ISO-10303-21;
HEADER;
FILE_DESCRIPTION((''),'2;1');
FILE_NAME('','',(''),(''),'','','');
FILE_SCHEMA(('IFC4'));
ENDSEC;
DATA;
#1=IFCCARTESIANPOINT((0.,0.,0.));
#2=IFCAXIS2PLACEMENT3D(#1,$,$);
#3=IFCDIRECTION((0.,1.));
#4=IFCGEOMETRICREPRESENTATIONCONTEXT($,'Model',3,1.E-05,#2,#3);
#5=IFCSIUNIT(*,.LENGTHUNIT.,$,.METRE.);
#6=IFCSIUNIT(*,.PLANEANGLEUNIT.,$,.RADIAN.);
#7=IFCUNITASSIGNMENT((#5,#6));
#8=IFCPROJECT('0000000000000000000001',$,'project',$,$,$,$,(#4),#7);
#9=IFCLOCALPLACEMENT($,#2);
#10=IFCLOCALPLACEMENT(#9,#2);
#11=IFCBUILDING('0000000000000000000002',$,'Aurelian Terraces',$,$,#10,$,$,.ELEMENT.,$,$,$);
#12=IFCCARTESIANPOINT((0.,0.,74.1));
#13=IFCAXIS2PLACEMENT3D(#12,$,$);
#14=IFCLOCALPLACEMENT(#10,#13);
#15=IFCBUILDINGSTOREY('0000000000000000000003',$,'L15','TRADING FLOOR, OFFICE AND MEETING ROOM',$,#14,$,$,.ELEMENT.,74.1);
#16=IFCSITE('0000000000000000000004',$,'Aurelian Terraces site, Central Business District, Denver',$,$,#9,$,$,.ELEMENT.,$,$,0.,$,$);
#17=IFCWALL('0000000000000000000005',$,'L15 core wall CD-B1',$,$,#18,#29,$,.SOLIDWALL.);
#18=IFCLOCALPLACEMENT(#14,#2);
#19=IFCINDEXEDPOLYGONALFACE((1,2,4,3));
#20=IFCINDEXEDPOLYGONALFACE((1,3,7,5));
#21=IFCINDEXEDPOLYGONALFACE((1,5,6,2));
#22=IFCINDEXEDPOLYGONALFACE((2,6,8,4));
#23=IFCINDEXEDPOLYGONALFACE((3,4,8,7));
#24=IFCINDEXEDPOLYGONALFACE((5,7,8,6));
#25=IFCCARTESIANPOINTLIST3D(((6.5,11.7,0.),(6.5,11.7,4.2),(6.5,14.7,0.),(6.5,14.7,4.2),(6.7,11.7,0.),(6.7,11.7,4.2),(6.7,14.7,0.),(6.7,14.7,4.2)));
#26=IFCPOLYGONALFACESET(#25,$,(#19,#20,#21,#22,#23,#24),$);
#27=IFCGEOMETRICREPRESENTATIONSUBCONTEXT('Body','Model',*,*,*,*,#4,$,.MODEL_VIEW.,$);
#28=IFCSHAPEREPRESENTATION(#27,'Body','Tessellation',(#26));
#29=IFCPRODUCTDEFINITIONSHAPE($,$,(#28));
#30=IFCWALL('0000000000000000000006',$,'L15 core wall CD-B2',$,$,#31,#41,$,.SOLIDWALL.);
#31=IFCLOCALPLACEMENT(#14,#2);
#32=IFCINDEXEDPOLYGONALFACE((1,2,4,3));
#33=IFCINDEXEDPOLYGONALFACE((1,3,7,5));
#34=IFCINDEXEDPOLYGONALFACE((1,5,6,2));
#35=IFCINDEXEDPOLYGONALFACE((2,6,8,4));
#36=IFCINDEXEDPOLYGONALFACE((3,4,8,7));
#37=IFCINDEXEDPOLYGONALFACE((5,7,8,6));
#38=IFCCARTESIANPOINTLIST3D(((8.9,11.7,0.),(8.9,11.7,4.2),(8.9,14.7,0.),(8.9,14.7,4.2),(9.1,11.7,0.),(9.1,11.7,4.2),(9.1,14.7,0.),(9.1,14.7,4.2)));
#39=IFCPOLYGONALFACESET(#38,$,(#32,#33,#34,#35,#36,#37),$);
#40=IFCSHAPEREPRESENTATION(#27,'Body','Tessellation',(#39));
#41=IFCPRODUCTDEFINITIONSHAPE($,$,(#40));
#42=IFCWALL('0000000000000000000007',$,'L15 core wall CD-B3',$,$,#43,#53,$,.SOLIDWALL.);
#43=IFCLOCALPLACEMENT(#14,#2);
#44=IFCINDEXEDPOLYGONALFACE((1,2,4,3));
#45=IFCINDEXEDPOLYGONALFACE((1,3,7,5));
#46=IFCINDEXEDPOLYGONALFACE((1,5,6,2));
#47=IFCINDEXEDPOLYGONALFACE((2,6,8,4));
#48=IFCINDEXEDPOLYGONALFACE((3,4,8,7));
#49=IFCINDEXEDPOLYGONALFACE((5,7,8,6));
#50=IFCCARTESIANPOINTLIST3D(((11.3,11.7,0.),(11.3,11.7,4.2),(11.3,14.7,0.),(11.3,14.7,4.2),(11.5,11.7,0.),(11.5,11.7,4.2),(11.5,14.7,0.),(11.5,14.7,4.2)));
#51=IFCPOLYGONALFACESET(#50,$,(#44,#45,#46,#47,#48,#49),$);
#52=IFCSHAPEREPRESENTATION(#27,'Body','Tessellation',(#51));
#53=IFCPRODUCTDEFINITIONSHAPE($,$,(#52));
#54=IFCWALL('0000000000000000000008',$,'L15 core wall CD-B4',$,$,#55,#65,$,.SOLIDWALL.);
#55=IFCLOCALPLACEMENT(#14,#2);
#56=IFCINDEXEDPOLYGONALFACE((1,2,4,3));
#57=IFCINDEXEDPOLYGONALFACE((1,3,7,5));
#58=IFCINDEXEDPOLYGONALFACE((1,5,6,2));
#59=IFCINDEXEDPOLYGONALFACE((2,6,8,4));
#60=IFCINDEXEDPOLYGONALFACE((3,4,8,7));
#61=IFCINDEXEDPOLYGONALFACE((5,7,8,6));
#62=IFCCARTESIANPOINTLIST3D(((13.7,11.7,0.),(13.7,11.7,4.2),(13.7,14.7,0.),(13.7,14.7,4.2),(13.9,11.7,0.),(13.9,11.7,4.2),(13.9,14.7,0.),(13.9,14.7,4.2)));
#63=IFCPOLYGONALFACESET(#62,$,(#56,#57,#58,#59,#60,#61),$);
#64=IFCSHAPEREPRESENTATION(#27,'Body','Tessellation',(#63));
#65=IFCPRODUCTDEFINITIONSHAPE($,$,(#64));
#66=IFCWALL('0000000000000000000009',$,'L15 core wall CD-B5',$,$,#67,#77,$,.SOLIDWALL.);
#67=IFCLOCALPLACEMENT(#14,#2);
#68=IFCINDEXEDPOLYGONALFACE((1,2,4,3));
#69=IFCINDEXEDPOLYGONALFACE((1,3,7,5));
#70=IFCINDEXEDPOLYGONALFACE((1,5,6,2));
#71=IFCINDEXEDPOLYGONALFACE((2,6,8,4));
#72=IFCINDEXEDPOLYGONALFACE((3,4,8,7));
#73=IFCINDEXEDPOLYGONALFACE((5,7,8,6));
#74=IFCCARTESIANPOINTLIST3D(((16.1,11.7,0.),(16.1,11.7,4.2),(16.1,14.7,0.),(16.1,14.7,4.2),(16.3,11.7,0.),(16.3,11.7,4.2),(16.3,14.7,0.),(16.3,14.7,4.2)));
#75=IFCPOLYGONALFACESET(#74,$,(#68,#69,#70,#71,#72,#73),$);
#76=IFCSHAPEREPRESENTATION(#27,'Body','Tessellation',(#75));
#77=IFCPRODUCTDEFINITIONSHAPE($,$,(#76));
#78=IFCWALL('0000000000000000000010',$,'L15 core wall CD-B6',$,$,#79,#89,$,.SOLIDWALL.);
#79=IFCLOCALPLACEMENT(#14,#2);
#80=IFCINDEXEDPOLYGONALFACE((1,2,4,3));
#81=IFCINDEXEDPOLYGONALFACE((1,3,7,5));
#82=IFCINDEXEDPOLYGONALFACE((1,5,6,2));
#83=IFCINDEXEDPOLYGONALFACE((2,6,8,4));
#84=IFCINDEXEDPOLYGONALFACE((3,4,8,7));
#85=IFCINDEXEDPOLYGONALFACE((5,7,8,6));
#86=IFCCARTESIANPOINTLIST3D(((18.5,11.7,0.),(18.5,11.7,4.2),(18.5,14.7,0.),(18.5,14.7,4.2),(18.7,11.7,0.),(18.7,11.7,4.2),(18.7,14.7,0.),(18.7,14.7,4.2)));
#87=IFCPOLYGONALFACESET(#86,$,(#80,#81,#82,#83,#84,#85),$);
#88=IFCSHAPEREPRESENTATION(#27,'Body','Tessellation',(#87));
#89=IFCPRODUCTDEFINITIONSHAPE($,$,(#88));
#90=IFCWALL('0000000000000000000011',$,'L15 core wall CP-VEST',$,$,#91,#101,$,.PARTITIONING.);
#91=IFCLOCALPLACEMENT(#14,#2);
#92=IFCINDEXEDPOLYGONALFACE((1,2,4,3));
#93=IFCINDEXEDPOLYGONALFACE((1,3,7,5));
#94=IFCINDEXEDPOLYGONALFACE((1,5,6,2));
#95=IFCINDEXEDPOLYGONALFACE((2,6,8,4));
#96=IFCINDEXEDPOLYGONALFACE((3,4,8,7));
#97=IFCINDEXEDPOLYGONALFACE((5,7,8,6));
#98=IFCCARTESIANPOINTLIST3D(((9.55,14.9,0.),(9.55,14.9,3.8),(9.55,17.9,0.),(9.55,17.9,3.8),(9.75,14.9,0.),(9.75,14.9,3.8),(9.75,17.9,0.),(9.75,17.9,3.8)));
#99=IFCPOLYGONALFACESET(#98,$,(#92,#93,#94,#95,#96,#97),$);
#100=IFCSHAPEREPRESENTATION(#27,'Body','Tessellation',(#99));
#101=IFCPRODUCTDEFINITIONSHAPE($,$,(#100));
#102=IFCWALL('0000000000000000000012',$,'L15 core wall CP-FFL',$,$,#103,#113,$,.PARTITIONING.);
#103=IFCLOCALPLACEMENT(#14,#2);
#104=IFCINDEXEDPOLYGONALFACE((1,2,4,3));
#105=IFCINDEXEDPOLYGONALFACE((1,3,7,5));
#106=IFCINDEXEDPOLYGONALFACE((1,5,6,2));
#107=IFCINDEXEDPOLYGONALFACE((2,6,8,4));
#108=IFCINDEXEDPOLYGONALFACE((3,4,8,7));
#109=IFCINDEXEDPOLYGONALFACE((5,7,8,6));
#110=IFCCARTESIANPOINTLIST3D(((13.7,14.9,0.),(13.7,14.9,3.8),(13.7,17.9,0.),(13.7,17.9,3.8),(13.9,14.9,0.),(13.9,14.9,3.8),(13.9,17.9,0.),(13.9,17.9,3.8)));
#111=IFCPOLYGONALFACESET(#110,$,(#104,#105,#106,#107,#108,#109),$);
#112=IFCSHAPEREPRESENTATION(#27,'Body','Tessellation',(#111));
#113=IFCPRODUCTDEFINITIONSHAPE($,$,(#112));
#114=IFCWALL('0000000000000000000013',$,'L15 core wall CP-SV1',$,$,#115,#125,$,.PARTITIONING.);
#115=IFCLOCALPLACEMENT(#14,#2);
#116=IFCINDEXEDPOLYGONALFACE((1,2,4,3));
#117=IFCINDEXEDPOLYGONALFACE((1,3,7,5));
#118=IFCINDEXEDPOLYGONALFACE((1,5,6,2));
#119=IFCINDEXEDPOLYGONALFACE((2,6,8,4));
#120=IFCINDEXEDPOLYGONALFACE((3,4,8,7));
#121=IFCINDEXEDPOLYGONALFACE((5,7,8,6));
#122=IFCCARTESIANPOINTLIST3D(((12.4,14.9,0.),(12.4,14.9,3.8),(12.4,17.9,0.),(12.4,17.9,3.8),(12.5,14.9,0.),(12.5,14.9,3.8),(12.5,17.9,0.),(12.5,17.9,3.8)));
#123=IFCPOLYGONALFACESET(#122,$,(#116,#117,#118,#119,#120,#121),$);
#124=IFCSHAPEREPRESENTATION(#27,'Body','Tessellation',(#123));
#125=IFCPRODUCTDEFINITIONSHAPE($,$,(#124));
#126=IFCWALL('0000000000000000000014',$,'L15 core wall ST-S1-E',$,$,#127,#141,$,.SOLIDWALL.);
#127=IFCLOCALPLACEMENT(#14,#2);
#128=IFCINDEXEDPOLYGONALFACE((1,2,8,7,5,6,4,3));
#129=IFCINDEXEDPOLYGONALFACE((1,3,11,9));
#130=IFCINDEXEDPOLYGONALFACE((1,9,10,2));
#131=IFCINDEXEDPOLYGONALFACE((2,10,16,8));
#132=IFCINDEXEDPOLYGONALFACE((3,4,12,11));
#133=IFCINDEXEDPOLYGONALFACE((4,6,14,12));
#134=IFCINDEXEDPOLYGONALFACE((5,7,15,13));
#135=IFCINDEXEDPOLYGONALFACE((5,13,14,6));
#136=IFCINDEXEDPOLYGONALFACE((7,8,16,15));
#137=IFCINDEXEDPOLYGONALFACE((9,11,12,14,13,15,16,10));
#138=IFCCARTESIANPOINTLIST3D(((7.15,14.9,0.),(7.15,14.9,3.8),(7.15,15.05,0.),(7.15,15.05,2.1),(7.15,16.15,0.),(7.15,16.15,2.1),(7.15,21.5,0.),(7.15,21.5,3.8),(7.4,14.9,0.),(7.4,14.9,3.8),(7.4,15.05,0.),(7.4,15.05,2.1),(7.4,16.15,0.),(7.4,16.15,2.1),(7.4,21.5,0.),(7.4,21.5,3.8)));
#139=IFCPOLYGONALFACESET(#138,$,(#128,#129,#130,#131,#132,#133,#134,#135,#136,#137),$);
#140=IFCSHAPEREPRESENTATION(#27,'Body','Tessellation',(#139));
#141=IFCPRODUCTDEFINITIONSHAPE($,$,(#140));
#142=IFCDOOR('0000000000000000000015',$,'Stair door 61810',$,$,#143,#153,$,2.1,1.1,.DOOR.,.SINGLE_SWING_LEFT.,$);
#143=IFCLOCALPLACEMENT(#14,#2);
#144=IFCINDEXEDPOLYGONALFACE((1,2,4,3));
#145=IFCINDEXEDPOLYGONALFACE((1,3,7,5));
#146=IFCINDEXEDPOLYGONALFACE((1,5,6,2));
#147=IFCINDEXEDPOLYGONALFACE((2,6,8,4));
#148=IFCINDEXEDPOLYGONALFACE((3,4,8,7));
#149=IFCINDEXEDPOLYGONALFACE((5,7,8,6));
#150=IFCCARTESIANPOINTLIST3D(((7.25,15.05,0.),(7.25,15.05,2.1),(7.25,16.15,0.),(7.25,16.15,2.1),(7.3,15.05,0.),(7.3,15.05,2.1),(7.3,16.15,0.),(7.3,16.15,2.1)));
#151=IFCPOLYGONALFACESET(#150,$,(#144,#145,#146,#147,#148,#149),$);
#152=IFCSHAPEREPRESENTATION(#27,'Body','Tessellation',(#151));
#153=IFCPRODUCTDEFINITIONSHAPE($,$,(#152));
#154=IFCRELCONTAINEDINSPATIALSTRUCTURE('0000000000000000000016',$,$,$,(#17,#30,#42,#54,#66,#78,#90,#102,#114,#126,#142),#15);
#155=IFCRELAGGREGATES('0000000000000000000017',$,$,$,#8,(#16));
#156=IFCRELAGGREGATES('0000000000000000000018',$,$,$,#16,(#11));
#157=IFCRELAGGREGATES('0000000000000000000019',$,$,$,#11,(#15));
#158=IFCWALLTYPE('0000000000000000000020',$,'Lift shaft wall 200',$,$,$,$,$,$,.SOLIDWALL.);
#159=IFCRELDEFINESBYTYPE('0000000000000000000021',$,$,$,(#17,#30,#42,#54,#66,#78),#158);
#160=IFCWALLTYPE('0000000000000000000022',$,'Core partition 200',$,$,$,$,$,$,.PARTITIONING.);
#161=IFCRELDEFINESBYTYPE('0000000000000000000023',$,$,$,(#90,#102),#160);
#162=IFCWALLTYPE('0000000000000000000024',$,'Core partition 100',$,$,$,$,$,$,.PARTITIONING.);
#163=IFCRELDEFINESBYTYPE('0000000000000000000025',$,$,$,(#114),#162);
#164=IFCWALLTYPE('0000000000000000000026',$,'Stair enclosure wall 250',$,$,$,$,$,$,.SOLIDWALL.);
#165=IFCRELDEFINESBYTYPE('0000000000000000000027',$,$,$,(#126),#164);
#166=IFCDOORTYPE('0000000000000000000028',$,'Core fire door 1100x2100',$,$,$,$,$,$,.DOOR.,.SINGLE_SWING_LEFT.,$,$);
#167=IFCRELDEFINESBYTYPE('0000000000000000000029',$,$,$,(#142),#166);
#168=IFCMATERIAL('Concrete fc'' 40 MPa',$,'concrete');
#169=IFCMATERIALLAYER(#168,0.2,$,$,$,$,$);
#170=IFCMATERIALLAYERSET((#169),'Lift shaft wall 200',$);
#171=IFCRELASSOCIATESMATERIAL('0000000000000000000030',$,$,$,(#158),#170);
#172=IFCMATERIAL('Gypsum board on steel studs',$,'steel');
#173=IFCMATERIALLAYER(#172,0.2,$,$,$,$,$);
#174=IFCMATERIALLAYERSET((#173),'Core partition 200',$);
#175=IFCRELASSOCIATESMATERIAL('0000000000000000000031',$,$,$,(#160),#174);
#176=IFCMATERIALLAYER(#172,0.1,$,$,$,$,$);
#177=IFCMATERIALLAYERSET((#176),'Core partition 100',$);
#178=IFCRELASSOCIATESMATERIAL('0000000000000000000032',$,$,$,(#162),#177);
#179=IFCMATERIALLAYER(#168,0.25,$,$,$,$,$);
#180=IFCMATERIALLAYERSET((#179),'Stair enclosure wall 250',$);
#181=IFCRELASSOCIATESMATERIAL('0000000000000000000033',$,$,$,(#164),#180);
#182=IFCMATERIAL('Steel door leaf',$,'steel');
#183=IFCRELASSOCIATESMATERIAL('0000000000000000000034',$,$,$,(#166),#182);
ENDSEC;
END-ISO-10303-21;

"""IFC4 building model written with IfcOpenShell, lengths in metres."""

from ifc_helpers import new_model, si_unit, direction, frame, frame_2d, origin, place, context, subcontext, project, spatial, rectangle, extrude, source, transform, mapped, material, layer, layer_set, type_object, element, fill, save


model = new_model("IFC4")

# Units and contexts
model_context = context("Model", 3, precision=1e-05, world=origin(), true_north=direction((0.0, 1.0)))
body_context = subcontext(model_context, "Body", "Model", "MODEL_VIEW")
ifc_project = project(units=[si_unit("LENGTHUNIT", "METRE"), si_unit("PLANEANGLEUNIT", "RADIAN")], contexts=[model_context])

# Site, building, storey
site_placement = place(None, origin())
site = spatial("IfcSite", under=ifc_project, at=site_placement, Name="Aurelian Terraces site, Central Business District, Denver", CompositionType="ELEMENT", RefElevation=0.0)
building_placement = place(site_placement, origin())
building = spatial("IfcBuilding", under=site, at=building_placement, Name="Aurelian Terraces", CompositionType="ELEMENT")
storey_placement = place(building_placement, frame((0.0, 0.0, 74.1)))
storey = spatial("IfcBuildingStorey", under=building, at=storey_placement, Name="L15", Description="TRADING FLOOR, OFFICE AND MEETING ROOM", CompositionType="ELEMENT", Elevation=74.1)

# Walls
ifc_material_1 = material(Name="Concrete fc' 40 MPa", Category="concrete")
ifc_layer_1 = layer(ifc_material_1, 0.2)
ifc_layer_set_1 = layer_set([ifc_layer_1], Name="Lift shaft wall 200")
wall_type_1 = type_object("IfcWallType", Name="Lift shaft wall 200", PredefinedType="SOLIDWALL", material=ifc_layer_set_1)
shared_shape_1 = source(origin(), body_context, "Body", "SweptSolid", [
    extrude(rectangle(XDim=3.0, YDim=0.2, at=frame_2d((1.5, 0.0))), origin(), (0.0, 0.0, 1.0), 4.2),
])
for number, where, z_axis, x_axis, name in (
    (1, (6.6, 11.7, 0.0), (0.0, 0.0, 1.0), (0.0, 1.0, 0.0), "L15 core wall CD-B1"),
    (2, (9.0, 11.7, 0.0), (0.0, 0.0, 1.0), (0.0, 1.0, 0.0), "L15 core wall CD-B2"),
    (3, (11.4, 11.7, 0.0), (0.0, 0.0, 1.0), (0.0, 1.0, 0.0), "L15 core wall CD-B3"),
    (4, (13.8, 11.7, 0.0), (0.0, 0.0, 1.0), (0.0, 1.0, 0.0), "L15 core wall CD-B4"),
    (5, (16.2, 11.7, 0.0), (0.0, 0.0, 1.0), (0.0, 1.0, 0.0), "L15 core wall CD-B5"),
    (6, (18.6, 11.7, 0.0), (0.0, 0.0, 1.0), (0.0, 1.0, 0.0), "L15 core wall CD-B6"),
):
    element("IfcWall", number, at=place(storey_placement, frame(where, z_axis=z_axis, x_axis=x_axis)), inside=storey, type_object=wall_type_1, Name=name, PredefinedType="SOLIDWALL", context=body_context, shape_type="MappedRepresentation", body=[
        mapped(shared_shape_1, transform((0.0, 0.0, 0.0), scale=1.0)),
    ])
ifc_material_2 = material(Name="Gypsum board on steel studs", Category="steel")
ifc_layer_2 = layer(ifc_material_2, 0.2)
ifc_layer_set_2 = layer_set([ifc_layer_2], Name="Core partition 200")
wall_type_2 = type_object("IfcWallType", Name="Core partition 200", PredefinedType="PARTITIONING", material=ifc_layer_set_2)
shared_shape_2 = source(origin(), body_context, "Body", "SweptSolid", [
    extrude(rectangle(XDim=3.0, YDim=0.2, at=frame_2d((1.5, 0.0))), origin(), (0.0, 0.0, 1.0), 3.8),
])
for number, where, z_axis, x_axis, name in (
    (7, (9.65, 14.9, 0.0), (0.0, 0.0, 1.0), (0.0, 1.0, 0.0), "L15 core wall CP-VEST"),
    (8, (13.8, 14.9, 0.0), (0.0, 0.0, 1.0), (0.0, 1.0, 0.0), "L15 core wall CP-FFL"),
):
    element("IfcWall", number, at=place(storey_placement, frame(where, z_axis=z_axis, x_axis=x_axis)), inside=storey, type_object=wall_type_2, Name=name, PredefinedType="PARTITIONING", context=body_context, shape_type="MappedRepresentation", body=[
        mapped(shared_shape_2, transform((0.0, 0.0, 0.0), scale=1.0)),
    ])
ifc_layer_3 = layer(ifc_material_2, 0.1)
ifc_layer_set_3 = layer_set([ifc_layer_3], Name="Core partition 100")
wall_type_3 = type_object("IfcWallType", Name="Core partition 100", PredefinedType="PARTITIONING", material=ifc_layer_set_3)
shared_shape_3 = source(origin(), body_context, "Body", "SweptSolid", [
    extrude(rectangle(XDim=3.0, YDim=0.1, at=frame_2d((1.5, 0.0))), origin(), (0.0, 0.0, 1.0), 3.8),
])
wall_1_placement = place(storey_placement, frame((12.45, 14.9, 0.0), z_axis=(0.0, 0.0, 1.0), x_axis=(0.0, 1.0, 0.0)))
element("IfcWall", 9, at=wall_1_placement, inside=storey, type_object=wall_type_3, Name="L15 core wall CP-SV1", PredefinedType="PARTITIONING", context=body_context, shape_type="MappedRepresentation", body=[
    mapped(shared_shape_3, transform((0.0, 0.0, 0.0), scale=1.0)),
])

# Wall, opening, door
ifc_layer_4 = layer(ifc_material_1, 0.25)
ifc_layer_set_4 = layer_set([ifc_layer_4], Name="Stair enclosure wall 250")
wall_type_4 = type_object("IfcWallType", Name="Stair enclosure wall 250", PredefinedType="SOLIDWALL", material=ifc_layer_set_4)
shared_shape_4 = source(origin(), body_context, "Body", "SweptSolid", [
    extrude(rectangle(XDim=6.6, YDim=0.25, at=frame_2d((3.3, 0.0))), origin(), (0.0, 0.0, 1.0), 3.8),
])
wall_2_placement = place(storey_placement, frame((7.275, 14.9, 0.0), z_axis=(0.0, 0.0, 1.0), x_axis=(0.0, 1.0, 0.0)))
wall_2 = element("IfcWall", 10, at=wall_2_placement, inside=storey, type_object=wall_type_4, Name="L15 core wall ST-S1-E", PredefinedType="SOLIDWALL", context=body_context, shape_type="MappedRepresentation", body=[
    mapped(shared_shape_4, transform((0.0, 0.0, 0.0), scale=1.0)),
])
shared_shape_5 = source(origin(), body_context, "Body", "SweptSolid", [
    extrude(rectangle(XDim=1.1, YDim=2.1, at=frame_2d((0.55, 1.05))), frame((0.0, 0.135, 0.0), z_axis=(0.0, -1.0, 0.0), x_axis=(1.0, 0.0, 0.0)), (0.0, 0.0, 1.0), 0.27),
])
opening_1_placement = place(wall_2_placement, frame((0.15, 0.0, 0.0)))
opening_1 = element("IfcOpeningElement", 11, at=opening_1_placement, cuts=wall_2, PredefinedType="OPENING", context=body_context, shape_type="MappedRepresentation", body=[
    mapped(shared_shape_5, transform((0.0, 0.0, 0.0), scale=1.0)),
])
ifc_material_3 = material(Name="Steel door leaf", Category="steel")
door_type_1 = type_object("IfcDoorType", Name="Core fire door 1100x2100", OperationType="SINGLE_SWING_LEFT", PredefinedType="DOOR", material=ifc_material_3)
shared_shape_6 = source(origin(), body_context, "Body", "SweptSolid", [
    extrude(rectangle(XDim=1.1, YDim=2.1, at=frame_2d((0.55, 1.05))), frame((0.0, 0.025, 0.0), z_axis=(0.0, -1.0, 0.0), x_axis=(1.0, 0.0, 0.0)), (0.0, 0.0, 1.0), 0.05),
])
door_1_placement = place(opening_1_placement, origin())
door_1 = element("IfcDoor", 12, at=door_1_placement, inside=storey, type_object=door_type_1, Name="Stair door 61810", OperationType="SINGLE_SWING_LEFT", OverallHeight=2.1, OverallWidth=1.1, PredefinedType="DOOR", context=body_context, shape_type="MappedRepresentation", body=[
    mapped(shared_shape_6, transform((0.0, 0.0, 0.0), scale=1.0)),
])
fill(opening_1, door_1)

save(model, "model.ifc")
